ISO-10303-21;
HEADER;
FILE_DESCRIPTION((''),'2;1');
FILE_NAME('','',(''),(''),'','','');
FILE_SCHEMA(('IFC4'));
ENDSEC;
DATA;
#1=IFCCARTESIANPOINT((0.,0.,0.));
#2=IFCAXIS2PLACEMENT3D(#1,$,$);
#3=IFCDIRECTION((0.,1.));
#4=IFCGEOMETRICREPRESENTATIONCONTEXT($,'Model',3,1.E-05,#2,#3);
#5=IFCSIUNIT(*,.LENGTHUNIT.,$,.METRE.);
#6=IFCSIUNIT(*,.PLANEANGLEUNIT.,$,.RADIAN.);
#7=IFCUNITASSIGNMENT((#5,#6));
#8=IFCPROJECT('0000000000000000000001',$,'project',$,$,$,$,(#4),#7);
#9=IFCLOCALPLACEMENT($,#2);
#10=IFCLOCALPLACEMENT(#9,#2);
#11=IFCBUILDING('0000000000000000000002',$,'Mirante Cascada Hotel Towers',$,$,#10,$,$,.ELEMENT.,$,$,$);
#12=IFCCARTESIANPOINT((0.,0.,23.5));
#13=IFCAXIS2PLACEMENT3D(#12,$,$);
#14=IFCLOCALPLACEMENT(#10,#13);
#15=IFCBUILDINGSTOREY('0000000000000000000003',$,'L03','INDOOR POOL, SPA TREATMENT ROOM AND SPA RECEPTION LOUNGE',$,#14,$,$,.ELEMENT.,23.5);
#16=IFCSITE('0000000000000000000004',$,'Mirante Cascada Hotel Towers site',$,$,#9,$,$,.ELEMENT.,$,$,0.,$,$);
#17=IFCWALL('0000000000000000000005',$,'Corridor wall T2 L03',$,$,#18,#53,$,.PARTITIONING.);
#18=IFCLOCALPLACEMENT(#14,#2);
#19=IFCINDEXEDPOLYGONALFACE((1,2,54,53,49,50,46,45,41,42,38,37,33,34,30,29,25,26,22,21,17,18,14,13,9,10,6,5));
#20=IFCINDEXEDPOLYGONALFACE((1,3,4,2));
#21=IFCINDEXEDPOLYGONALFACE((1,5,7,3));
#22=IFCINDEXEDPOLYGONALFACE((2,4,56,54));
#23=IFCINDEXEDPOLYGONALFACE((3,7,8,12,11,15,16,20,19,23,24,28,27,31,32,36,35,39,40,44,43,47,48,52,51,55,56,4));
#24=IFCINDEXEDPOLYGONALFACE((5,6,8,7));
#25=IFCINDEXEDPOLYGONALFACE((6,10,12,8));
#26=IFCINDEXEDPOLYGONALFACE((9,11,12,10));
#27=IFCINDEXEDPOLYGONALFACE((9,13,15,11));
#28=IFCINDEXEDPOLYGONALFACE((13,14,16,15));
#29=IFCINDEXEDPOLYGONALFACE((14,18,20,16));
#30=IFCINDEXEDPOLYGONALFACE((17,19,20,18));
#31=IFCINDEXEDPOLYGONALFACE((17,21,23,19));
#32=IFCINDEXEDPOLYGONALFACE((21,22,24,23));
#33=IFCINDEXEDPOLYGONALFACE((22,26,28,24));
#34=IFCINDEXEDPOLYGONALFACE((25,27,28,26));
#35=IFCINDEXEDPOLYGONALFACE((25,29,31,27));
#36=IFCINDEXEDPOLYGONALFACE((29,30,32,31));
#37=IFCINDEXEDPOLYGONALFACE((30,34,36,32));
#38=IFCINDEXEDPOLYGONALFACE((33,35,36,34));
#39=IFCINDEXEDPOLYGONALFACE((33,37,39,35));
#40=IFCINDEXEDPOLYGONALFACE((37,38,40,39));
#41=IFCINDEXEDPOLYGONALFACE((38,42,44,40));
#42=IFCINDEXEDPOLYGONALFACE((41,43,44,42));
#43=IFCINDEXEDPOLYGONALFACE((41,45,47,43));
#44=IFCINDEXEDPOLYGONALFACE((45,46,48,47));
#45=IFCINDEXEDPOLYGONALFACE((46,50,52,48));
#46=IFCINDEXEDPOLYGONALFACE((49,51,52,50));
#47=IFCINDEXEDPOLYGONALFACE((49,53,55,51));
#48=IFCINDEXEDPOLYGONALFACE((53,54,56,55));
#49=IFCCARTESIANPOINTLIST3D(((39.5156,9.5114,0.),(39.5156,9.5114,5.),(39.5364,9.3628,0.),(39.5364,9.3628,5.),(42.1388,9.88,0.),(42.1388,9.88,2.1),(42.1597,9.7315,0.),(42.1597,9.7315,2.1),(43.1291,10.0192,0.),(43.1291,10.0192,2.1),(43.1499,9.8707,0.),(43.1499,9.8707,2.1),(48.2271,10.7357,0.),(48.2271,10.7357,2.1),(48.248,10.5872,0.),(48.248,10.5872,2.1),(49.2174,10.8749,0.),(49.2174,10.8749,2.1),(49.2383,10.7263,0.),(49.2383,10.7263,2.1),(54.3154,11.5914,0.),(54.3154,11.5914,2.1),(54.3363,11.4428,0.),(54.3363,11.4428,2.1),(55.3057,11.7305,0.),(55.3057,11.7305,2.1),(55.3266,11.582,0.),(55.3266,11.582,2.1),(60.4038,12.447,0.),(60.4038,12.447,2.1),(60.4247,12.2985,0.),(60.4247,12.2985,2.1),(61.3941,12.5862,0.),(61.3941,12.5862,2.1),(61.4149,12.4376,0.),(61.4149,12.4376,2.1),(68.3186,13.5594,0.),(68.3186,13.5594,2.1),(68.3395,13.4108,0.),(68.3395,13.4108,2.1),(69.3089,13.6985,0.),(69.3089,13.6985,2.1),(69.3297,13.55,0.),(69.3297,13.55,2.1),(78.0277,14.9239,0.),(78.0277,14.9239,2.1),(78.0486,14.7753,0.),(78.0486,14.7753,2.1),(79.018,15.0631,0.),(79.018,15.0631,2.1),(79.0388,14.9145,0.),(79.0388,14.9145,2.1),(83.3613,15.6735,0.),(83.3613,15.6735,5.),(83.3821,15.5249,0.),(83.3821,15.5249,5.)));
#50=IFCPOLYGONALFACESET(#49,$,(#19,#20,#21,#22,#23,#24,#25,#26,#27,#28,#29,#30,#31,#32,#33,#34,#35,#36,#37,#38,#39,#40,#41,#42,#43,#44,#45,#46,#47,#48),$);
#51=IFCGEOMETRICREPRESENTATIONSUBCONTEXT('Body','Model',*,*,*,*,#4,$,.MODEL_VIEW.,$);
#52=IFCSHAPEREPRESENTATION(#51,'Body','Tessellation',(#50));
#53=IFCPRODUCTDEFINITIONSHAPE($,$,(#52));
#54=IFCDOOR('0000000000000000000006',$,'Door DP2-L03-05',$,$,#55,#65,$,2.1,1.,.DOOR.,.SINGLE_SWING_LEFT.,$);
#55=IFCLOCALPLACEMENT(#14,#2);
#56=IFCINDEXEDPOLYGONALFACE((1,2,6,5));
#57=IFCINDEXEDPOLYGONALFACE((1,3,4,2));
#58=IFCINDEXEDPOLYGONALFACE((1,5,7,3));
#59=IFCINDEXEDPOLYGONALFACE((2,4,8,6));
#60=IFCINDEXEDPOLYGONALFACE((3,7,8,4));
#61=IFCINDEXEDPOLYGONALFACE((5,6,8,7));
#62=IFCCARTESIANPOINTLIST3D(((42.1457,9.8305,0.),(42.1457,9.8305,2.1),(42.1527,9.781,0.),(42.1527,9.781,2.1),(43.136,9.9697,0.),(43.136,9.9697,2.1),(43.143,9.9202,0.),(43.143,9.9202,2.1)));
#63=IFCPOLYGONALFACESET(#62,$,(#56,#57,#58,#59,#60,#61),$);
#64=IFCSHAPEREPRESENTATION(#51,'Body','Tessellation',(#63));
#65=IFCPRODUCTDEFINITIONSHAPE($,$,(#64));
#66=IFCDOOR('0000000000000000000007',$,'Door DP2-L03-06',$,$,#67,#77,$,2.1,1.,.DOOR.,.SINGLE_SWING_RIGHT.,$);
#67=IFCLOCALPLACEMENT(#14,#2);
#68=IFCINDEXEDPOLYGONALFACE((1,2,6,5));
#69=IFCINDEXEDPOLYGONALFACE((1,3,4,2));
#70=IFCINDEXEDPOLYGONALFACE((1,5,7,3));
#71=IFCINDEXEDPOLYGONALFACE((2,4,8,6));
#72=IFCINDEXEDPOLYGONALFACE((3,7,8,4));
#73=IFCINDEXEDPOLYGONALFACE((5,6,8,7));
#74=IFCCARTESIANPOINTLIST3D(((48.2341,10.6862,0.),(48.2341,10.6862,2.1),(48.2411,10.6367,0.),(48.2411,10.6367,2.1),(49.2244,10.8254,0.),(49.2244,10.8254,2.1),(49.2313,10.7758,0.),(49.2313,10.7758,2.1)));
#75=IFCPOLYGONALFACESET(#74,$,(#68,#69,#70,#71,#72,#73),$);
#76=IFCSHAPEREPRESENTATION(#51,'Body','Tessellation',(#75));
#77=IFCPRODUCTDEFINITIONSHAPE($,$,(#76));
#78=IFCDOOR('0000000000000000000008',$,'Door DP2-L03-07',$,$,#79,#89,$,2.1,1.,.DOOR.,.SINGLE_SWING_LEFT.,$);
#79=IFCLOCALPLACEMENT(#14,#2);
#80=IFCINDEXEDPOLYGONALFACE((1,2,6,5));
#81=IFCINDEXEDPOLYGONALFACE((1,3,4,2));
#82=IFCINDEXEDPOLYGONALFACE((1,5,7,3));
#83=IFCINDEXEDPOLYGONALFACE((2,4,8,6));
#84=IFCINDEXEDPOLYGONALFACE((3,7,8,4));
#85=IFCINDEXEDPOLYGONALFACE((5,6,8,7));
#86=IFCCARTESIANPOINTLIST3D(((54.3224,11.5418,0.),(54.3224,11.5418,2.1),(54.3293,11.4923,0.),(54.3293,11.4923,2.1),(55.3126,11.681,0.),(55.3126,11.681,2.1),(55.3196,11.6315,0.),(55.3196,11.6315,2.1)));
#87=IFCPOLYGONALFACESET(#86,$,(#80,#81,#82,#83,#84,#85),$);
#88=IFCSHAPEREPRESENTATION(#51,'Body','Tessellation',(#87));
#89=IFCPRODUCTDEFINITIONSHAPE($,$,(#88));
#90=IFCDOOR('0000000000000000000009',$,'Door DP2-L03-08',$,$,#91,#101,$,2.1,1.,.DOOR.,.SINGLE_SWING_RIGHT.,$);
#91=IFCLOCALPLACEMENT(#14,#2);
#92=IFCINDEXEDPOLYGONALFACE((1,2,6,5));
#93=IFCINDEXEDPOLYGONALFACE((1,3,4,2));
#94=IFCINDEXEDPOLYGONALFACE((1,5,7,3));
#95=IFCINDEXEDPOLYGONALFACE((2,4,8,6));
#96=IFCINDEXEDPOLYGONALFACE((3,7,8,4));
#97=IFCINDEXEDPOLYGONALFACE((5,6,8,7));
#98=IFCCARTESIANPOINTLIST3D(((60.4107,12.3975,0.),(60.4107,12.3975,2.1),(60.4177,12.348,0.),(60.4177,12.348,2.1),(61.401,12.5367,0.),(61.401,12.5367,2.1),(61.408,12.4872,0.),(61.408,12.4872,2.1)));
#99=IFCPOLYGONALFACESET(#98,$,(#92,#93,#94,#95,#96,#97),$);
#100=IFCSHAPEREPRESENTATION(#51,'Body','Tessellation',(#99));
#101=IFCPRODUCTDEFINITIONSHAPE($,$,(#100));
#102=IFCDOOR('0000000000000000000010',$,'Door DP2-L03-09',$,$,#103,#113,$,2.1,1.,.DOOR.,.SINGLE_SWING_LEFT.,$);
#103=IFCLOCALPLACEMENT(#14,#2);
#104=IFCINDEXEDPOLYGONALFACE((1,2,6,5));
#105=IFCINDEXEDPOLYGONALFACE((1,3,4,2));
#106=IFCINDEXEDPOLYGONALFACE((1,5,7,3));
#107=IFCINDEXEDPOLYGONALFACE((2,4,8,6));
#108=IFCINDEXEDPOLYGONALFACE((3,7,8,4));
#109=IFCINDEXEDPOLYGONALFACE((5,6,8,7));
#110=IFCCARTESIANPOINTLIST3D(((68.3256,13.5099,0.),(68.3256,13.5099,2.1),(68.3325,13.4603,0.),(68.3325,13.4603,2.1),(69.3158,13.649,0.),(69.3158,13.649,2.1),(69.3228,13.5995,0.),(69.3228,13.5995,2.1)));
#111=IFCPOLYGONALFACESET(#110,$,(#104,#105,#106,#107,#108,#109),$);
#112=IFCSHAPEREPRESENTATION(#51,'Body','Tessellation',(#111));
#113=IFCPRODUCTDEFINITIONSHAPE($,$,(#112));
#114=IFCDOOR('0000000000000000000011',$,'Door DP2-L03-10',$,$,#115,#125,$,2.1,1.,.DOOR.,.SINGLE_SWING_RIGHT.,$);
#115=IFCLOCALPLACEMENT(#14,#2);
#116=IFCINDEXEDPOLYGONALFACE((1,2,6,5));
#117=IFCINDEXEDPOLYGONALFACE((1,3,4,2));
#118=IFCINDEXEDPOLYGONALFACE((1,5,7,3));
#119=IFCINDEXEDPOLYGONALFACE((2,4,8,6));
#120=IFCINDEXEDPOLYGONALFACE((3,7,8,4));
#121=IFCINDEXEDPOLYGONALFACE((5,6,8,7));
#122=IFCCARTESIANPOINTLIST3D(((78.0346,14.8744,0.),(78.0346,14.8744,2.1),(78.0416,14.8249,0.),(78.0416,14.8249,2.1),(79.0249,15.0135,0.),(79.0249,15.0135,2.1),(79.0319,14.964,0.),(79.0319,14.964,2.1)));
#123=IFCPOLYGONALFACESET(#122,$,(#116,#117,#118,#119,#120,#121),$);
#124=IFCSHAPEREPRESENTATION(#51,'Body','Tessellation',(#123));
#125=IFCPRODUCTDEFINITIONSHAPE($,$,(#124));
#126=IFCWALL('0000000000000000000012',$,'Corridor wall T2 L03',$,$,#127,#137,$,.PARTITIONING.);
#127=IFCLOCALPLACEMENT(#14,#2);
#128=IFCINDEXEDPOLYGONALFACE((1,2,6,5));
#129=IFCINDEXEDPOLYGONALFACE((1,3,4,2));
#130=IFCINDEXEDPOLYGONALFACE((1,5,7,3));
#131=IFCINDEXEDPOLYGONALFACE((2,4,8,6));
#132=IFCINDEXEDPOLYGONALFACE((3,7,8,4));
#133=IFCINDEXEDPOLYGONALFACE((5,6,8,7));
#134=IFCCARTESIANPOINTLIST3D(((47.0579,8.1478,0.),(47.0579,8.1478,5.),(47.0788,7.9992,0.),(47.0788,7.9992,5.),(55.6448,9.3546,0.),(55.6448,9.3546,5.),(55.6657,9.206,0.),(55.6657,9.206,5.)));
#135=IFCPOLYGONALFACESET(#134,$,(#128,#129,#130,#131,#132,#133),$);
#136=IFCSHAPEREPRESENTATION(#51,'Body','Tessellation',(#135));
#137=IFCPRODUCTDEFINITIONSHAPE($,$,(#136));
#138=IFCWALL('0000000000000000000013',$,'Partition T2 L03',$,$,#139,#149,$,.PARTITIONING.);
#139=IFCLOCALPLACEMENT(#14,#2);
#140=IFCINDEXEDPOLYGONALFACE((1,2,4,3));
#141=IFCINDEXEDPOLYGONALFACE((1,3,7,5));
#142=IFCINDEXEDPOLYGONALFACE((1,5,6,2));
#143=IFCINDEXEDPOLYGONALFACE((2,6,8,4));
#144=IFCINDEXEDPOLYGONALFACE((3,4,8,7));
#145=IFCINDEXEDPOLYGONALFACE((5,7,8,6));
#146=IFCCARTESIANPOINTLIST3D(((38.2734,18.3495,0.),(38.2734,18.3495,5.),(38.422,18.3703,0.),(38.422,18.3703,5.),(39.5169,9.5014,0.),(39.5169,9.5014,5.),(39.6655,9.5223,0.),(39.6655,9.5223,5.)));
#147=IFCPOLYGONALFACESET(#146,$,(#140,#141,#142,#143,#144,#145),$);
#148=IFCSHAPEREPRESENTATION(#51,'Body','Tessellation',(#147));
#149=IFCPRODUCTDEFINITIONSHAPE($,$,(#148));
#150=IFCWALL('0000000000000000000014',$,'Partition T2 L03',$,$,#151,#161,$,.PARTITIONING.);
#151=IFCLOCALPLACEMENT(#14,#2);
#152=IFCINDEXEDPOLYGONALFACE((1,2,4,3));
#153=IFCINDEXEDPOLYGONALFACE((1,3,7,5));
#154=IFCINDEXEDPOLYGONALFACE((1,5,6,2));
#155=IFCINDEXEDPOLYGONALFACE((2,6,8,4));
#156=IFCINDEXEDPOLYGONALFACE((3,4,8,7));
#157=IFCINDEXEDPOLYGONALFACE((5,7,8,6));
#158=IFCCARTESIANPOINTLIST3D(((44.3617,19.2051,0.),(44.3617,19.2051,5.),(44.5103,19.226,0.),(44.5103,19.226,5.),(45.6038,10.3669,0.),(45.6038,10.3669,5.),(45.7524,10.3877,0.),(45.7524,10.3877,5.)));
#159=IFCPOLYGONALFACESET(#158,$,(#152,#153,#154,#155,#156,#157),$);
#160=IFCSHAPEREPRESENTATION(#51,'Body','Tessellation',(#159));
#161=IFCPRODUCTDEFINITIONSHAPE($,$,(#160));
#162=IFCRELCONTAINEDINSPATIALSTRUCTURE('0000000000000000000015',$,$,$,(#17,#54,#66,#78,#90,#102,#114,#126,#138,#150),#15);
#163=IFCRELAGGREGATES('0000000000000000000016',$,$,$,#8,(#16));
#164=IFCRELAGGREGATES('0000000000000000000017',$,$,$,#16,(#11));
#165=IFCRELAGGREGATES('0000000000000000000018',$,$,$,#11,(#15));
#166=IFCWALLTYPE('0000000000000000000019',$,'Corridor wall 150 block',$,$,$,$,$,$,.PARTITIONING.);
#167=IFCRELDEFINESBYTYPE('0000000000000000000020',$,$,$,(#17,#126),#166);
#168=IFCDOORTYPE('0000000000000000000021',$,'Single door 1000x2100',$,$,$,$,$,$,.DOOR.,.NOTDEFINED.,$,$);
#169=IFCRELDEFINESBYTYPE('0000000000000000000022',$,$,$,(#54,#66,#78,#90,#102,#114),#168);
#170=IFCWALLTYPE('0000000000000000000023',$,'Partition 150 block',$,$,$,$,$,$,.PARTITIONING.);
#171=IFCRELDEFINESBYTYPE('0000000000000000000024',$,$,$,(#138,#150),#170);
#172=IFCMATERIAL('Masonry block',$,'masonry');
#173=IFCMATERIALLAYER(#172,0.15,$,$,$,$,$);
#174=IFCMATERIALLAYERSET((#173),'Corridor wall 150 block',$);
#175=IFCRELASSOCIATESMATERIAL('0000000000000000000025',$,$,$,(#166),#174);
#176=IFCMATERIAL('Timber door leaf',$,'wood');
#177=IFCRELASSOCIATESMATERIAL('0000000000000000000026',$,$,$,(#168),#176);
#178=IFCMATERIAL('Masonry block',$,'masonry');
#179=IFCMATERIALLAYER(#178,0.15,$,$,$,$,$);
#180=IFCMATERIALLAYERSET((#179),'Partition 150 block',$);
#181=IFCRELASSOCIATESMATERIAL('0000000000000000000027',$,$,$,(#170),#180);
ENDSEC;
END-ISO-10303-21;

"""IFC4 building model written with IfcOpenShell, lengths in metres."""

from ifc_helpers import new_model, si_unit, direction, frame, frame_2d, origin, place, context, subcontext, project, spatial, rectangle, extrude, material, layer, layer_set, type_object, element, fill, save


model = new_model("IFC4")

# Units and contexts
model_context = context("Model", 3, precision=1e-05, world=origin(), true_north=direction((0.0, 1.0)))
body_context = subcontext(model_context, "Body", "Model", "MODEL_VIEW")
ifc_project = project(units=[si_unit("LENGTHUNIT", "METRE"), si_unit("PLANEANGLEUNIT", "RADIAN")], contexts=[model_context])

# Site, building, storey
site_placement = place(None, origin())
site = spatial("IfcSite", under=ifc_project, at=site_placement, Name="Mirante Cascada Hotel Towers site", CompositionType="ELEMENT", RefElevation=0.0)
building_placement = place(site_placement, origin())
building = spatial("IfcBuilding", under=site, at=building_placement, Name="Mirante Cascada Hotel Towers", CompositionType="ELEMENT")
storey_placement = place(building_placement, frame((0.0, 0.0, 23.5)))
storey = spatial("IfcBuildingStorey", under=building, at=storey_placement, Name="L03", Description="INDOOR POOL, SPA TREATMENT ROOM AND SPA RECEPTION LOUNGE", CompositionType="ELEMENT", Elevation=23.5)

# Shared definitions
ifc_material_1 = material(Name="Masonry block", Category="masonry")
ifc_layer_1 = layer(ifc_material_1, 0.15)
ifc_layer_set_1 = layer_set([ifc_layer_1], Name="Corridor wall 150 block")
wall_type_1 = type_object("IfcWallType", Name="Corridor wall 150 block", PredefinedType="PARTITIONING", material=ifc_layer_set_1)
ifc_material_2 = material(Name="Timber door leaf", Category="wood")
door_type = type_object("IfcDoorType", Name="Single door 1000x2100", OperationType="NOTDEFINED", PredefinedType="DOOR", material=ifc_material_2)

# Wall, openings, doors
wall_1_placement = place(storey_placement, frame((39.526, 9.4371, 0.0), z_axis=(0.0, 0.0, 1.0), x_axis=(0.990268, 0.139173, 0.0)))
wall_1 = element("IfcWall", 1, at=wall_1_placement, inside=storey, type_object=wall_type_1, Name="Corridor wall T2 L03", PredefinedType="PARTITIONING", context=body_context, shape_type="SweptSolid", body=[
    extrude(rectangle(XDim=44.2766, YDim=0.15, at=frame_2d((22.1383, 0.0))), origin(), (0.0, 0.0, 1.0), 5.0),
])
opening_1_placement = place(wall_1_placement, frame((2.649, 0.0, 0.0)))
opening_1 = element("IfcOpeningElement", 2, at=opening_1_placement, cuts=wall_1, PredefinedType="OPENING", context=body_context, shape_type="SweptSolid", body=[
    extrude(rectangle(XDim=1.0, YDim=2.1, at=frame_2d((0.5, 1.05))), frame((0.0, 0.075, 0.0), z_axis=(0.0, -1.0, 0.0), x_axis=(1.0, 0.0, 0.0)), (0.0, 0.0, 1.0), 0.15),
])
opening_2_placement = place(wall_1_placement, frame((8.7972, 0.0, 0.0)))
opening_2 = element("IfcOpeningElement", 3, at=opening_2_placement, cuts=wall_1, PredefinedType="OPENING", context=body_context, shape_type="SweptSolid", body=[
    extrude(rectangle(XDim=1.0, YDim=2.1, at=frame_2d((0.5, 1.05))), frame((0.0, 0.075, 0.0), z_axis=(0.0, -1.0, 0.0), x_axis=(1.0, 0.0, 0.0)), (0.0, 0.0, 1.0), 0.15),
])
opening_3_placement = place(wall_1_placement, frame((14.9453, 0.0, 0.0)))
opening_3 = element("IfcOpeningElement", 4, at=opening_3_placement, cuts=wall_1, PredefinedType="OPENING", context=body_context, shape_type="SweptSolid", body=[
    extrude(rectangle(XDim=1.0, YDim=2.1, at=frame_2d((0.5, 1.05))), frame((0.0, 0.075, 0.0), z_axis=(0.0, -1.0, 0.0), x_axis=(1.0, 0.0, 0.0)), (0.0, 0.0, 1.0), 0.15),
])
opening_4_placement = place(wall_1_placement, frame((21.0935, 0.0, 0.0)))
opening_4 = element("IfcOpeningElement", 5, at=opening_4_placement, cuts=wall_1, PredefinedType="OPENING", context=body_context, shape_type="SweptSolid", body=[
    extrude(rectangle(XDim=1.0, YDim=2.1, at=frame_2d((0.5, 1.05))), frame((0.0, 0.075, 0.0), z_axis=(0.0, -1.0, 0.0), x_axis=(1.0, 0.0, 0.0)), (0.0, 0.0, 1.0), 0.15),
])
opening_5_placement = place(wall_1_placement, frame((29.0861, 0.0, 0.0)))
opening_5 = element("IfcOpeningElement", 6, at=opening_5_placement, cuts=wall_1, PredefinedType="OPENING", context=body_context, shape_type="SweptSolid", body=[
    extrude(rectangle(XDim=1.0, YDim=2.1, at=frame_2d((0.5, 1.05))), frame((0.0, 0.075, 0.0), z_axis=(0.0, -1.0, 0.0), x_axis=(1.0, 0.0, 0.0)), (0.0, 0.0, 1.0), 0.15),
])
opening_6_placement = place(wall_1_placement, frame((38.8906, 0.0, 0.0)))
opening_6 = element("IfcOpeningElement", 7, at=opening_6_placement, cuts=wall_1, PredefinedType="OPENING", context=body_context, shape_type="SweptSolid", body=[
    extrude(rectangle(XDim=1.0, YDim=2.1, at=frame_2d((0.5, 1.05))), frame((0.0, 0.075, 0.0), z_axis=(0.0, -1.0, 0.0), x_axis=(1.0, 0.0, 0.0)), (0.0, 0.0, 1.0), 0.15),
])
door_1_placement = place(opening_1_placement, origin())
door_1 = element("IfcDoor", 8, at=door_1_placement, inside=storey, type_object=door_type, Name="Door DP2-L03-05", OperationType="SINGLE_SWING_LEFT", OverallHeight=2.1, OverallWidth=1.0, PredefinedType="DOOR", context=body_context, shape_type="SweptSolid", body=[
    extrude(rectangle(XDim=1.0, YDim=2.1, at=frame_2d((0.5, 1.05))), frame((0.0, 0.025, 0.0), z_axis=(0.0, -1.0, 0.0), x_axis=(1.0, 0.0, 0.0)), (0.0, 0.0, 1.0), 0.05),
])
fill(opening_1, door_1)
door_2_placement = place(opening_2_placement, origin())
door_2 = element("IfcDoor", 9, at=door_2_placement, inside=storey, type_object=door_type, Name="Door DP2-L03-06", OperationType="SINGLE_SWING_RIGHT", OverallHeight=2.1, OverallWidth=1.0, PredefinedType="DOOR", context=body_context, shape_type="SweptSolid", body=[
    extrude(rectangle(XDim=1.0, YDim=2.1, at=frame_2d((0.5, 1.05))), frame((0.0, 0.025, 0.0), z_axis=(0.0, -1.0, 0.0), x_axis=(1.0, 0.0, 0.0)), (0.0, 0.0, 1.0), 0.05),
])
fill(opening_2, door_2)
door_3_placement = place(opening_3_placement, origin())
door_3 = element("IfcDoor", 10, at=door_3_placement, inside=storey, type_object=door_type, Name="Door DP2-L03-07", OperationType="SINGLE_SWING_LEFT", OverallHeight=2.1, OverallWidth=1.0, PredefinedType="DOOR", context=body_context, shape_type="SweptSolid", body=[
    extrude(rectangle(XDim=1.0, YDim=2.1, at=frame_2d((0.5, 1.05))), frame((0.0, 0.025, 0.0), z_axis=(0.0, -1.0, 0.0), x_axis=(1.0, 0.0, 0.0)), (0.0, 0.0, 1.0), 0.05),
])
fill(opening_3, door_3)
door_4_placement = place(opening_4_placement, origin())
door_4 = element("IfcDoor", 11, at=door_4_placement, inside=storey, type_object=door_type, Name="Door DP2-L03-08", OperationType="SINGLE_SWING_RIGHT", OverallHeight=2.1, OverallWidth=1.0, PredefinedType="DOOR", context=body_context, shape_type="SweptSolid", body=[
    extrude(rectangle(XDim=1.0, YDim=2.1, at=frame_2d((0.5, 1.05))), frame((0.0, 0.025, 0.0), z_axis=(0.0, -1.0, 0.0), x_axis=(1.0, 0.0, 0.0)), (0.0, 0.0, 1.0), 0.05),
])
fill(opening_4, door_4)
door_5_placement = place(opening_5_placement, origin())
door_5 = element("IfcDoor", 12, at=door_5_placement, inside=storey, type_object=door_type, Name="Door DP2-L03-09", OperationType="SINGLE_SWING_LEFT", OverallHeight=2.1, OverallWidth=1.0, PredefinedType="DOOR", context=body_context, shape_type="SweptSolid", body=[
    extrude(rectangle(XDim=1.0, YDim=2.1, at=frame_2d((0.5, 1.05))), frame((0.0, 0.025, 0.0), z_axis=(0.0, -1.0, 0.0), x_axis=(1.0, 0.0, 0.0)), (0.0, 0.0, 1.0), 0.05),
])
fill(opening_5, door_5)
door_6_placement = place(opening_6_placement, frame((1.0, 0.0, 0.0), z_axis=(0.0, 0.0, 1.0), x_axis=(-1.0, 0.0, 0.0)))
door_6 = element("IfcDoor", 13, at=door_6_placement, inside=storey, type_object=door_type, Name="Door DP2-L03-10", OperationType="SINGLE_SWING_RIGHT", OverallHeight=2.1, OverallWidth=1.0, PredefinedType="DOOR", context=body_context, shape_type="SweptSolid", body=[
    extrude(rectangle(XDim=1.0, YDim=2.1, at=frame_2d((0.5, 1.05))), frame((0.0, 0.025, 0.0), z_axis=(0.0, -1.0, 0.0), x_axis=(1.0, 0.0, 0.0)), (0.0, 0.0, 1.0), 0.05),
])
fill(opening_6, door_6)

# Walls
wall_2_placement = place(storey_placement, frame((47.0684, 8.0735, 0.0), z_axis=(0.0, 0.0, 1.0), x_axis=(0.990268, 0.139172, 0.0)))
element("IfcWall", 14, at=wall_2_placement, inside=storey, type_object=wall_type_1, Name="Corridor wall T2 L03", PredefinedType="PARTITIONING", context=body_context, shape_type="SweptSolid", body=[
    extrude(rectangle(XDim=8.6713, YDim=0.15, at=frame_2d((4.3356, 0.0))), origin(), (0.0, 0.0, 1.0), 5.0),
])
ifc_material_3 = material(Name="Masonry block", Category="masonry")
ifc_layer_2 = layer(ifc_material_3, 0.15)
ifc_layer_set_2 = layer_set([ifc_layer_2], Name="Partition 150 block")
wall_type_2 = type_object("IfcWallType", Name="Partition 150 block", PredefinedType="PARTITIONING", material=ifc_layer_set_2)
wall_3_placement = place(storey_placement, frame((38.3477, 18.3599, 0.0), z_axis=(0.0, 0.0, 1.0), x_axis=(0.139173, -0.990268, 0.0)))
element("IfcWall", 15, at=wall_3_placement, inside=storey, type_object=wall_type_2, Name="Partition T2 L03", PredefinedType="PARTITIONING", context=body_context, shape_type="SweptSolid", body=[
    extrude(rectangle(XDim=8.935, YDim=0.15, at=frame_2d((4.4675, 0.0))), origin(), (0.0, 0.0, 1.0), 5.0),
])
wall_4_placement = place(storey_placement, frame((44.436, 19.2156, 0.0), z_axis=(0.0, 0.0, 1.0), x_axis=(0.13917, -0.990268, 0.0)))
element("IfcWall", 16, at=wall_4_placement, inside=storey, type_object=wall_type_2, Name="Partition T2 L03", PredefinedType="PARTITIONING", context=body_context, shape_type="SweptSolid", body=[
    extrude(rectangle(XDim=8.9251, YDim=0.15, at=frame_2d((4.4626, 0.0))), origin(), (0.0, 0.0, 1.0), 5.0),
])

save(model, "model.ifc")
